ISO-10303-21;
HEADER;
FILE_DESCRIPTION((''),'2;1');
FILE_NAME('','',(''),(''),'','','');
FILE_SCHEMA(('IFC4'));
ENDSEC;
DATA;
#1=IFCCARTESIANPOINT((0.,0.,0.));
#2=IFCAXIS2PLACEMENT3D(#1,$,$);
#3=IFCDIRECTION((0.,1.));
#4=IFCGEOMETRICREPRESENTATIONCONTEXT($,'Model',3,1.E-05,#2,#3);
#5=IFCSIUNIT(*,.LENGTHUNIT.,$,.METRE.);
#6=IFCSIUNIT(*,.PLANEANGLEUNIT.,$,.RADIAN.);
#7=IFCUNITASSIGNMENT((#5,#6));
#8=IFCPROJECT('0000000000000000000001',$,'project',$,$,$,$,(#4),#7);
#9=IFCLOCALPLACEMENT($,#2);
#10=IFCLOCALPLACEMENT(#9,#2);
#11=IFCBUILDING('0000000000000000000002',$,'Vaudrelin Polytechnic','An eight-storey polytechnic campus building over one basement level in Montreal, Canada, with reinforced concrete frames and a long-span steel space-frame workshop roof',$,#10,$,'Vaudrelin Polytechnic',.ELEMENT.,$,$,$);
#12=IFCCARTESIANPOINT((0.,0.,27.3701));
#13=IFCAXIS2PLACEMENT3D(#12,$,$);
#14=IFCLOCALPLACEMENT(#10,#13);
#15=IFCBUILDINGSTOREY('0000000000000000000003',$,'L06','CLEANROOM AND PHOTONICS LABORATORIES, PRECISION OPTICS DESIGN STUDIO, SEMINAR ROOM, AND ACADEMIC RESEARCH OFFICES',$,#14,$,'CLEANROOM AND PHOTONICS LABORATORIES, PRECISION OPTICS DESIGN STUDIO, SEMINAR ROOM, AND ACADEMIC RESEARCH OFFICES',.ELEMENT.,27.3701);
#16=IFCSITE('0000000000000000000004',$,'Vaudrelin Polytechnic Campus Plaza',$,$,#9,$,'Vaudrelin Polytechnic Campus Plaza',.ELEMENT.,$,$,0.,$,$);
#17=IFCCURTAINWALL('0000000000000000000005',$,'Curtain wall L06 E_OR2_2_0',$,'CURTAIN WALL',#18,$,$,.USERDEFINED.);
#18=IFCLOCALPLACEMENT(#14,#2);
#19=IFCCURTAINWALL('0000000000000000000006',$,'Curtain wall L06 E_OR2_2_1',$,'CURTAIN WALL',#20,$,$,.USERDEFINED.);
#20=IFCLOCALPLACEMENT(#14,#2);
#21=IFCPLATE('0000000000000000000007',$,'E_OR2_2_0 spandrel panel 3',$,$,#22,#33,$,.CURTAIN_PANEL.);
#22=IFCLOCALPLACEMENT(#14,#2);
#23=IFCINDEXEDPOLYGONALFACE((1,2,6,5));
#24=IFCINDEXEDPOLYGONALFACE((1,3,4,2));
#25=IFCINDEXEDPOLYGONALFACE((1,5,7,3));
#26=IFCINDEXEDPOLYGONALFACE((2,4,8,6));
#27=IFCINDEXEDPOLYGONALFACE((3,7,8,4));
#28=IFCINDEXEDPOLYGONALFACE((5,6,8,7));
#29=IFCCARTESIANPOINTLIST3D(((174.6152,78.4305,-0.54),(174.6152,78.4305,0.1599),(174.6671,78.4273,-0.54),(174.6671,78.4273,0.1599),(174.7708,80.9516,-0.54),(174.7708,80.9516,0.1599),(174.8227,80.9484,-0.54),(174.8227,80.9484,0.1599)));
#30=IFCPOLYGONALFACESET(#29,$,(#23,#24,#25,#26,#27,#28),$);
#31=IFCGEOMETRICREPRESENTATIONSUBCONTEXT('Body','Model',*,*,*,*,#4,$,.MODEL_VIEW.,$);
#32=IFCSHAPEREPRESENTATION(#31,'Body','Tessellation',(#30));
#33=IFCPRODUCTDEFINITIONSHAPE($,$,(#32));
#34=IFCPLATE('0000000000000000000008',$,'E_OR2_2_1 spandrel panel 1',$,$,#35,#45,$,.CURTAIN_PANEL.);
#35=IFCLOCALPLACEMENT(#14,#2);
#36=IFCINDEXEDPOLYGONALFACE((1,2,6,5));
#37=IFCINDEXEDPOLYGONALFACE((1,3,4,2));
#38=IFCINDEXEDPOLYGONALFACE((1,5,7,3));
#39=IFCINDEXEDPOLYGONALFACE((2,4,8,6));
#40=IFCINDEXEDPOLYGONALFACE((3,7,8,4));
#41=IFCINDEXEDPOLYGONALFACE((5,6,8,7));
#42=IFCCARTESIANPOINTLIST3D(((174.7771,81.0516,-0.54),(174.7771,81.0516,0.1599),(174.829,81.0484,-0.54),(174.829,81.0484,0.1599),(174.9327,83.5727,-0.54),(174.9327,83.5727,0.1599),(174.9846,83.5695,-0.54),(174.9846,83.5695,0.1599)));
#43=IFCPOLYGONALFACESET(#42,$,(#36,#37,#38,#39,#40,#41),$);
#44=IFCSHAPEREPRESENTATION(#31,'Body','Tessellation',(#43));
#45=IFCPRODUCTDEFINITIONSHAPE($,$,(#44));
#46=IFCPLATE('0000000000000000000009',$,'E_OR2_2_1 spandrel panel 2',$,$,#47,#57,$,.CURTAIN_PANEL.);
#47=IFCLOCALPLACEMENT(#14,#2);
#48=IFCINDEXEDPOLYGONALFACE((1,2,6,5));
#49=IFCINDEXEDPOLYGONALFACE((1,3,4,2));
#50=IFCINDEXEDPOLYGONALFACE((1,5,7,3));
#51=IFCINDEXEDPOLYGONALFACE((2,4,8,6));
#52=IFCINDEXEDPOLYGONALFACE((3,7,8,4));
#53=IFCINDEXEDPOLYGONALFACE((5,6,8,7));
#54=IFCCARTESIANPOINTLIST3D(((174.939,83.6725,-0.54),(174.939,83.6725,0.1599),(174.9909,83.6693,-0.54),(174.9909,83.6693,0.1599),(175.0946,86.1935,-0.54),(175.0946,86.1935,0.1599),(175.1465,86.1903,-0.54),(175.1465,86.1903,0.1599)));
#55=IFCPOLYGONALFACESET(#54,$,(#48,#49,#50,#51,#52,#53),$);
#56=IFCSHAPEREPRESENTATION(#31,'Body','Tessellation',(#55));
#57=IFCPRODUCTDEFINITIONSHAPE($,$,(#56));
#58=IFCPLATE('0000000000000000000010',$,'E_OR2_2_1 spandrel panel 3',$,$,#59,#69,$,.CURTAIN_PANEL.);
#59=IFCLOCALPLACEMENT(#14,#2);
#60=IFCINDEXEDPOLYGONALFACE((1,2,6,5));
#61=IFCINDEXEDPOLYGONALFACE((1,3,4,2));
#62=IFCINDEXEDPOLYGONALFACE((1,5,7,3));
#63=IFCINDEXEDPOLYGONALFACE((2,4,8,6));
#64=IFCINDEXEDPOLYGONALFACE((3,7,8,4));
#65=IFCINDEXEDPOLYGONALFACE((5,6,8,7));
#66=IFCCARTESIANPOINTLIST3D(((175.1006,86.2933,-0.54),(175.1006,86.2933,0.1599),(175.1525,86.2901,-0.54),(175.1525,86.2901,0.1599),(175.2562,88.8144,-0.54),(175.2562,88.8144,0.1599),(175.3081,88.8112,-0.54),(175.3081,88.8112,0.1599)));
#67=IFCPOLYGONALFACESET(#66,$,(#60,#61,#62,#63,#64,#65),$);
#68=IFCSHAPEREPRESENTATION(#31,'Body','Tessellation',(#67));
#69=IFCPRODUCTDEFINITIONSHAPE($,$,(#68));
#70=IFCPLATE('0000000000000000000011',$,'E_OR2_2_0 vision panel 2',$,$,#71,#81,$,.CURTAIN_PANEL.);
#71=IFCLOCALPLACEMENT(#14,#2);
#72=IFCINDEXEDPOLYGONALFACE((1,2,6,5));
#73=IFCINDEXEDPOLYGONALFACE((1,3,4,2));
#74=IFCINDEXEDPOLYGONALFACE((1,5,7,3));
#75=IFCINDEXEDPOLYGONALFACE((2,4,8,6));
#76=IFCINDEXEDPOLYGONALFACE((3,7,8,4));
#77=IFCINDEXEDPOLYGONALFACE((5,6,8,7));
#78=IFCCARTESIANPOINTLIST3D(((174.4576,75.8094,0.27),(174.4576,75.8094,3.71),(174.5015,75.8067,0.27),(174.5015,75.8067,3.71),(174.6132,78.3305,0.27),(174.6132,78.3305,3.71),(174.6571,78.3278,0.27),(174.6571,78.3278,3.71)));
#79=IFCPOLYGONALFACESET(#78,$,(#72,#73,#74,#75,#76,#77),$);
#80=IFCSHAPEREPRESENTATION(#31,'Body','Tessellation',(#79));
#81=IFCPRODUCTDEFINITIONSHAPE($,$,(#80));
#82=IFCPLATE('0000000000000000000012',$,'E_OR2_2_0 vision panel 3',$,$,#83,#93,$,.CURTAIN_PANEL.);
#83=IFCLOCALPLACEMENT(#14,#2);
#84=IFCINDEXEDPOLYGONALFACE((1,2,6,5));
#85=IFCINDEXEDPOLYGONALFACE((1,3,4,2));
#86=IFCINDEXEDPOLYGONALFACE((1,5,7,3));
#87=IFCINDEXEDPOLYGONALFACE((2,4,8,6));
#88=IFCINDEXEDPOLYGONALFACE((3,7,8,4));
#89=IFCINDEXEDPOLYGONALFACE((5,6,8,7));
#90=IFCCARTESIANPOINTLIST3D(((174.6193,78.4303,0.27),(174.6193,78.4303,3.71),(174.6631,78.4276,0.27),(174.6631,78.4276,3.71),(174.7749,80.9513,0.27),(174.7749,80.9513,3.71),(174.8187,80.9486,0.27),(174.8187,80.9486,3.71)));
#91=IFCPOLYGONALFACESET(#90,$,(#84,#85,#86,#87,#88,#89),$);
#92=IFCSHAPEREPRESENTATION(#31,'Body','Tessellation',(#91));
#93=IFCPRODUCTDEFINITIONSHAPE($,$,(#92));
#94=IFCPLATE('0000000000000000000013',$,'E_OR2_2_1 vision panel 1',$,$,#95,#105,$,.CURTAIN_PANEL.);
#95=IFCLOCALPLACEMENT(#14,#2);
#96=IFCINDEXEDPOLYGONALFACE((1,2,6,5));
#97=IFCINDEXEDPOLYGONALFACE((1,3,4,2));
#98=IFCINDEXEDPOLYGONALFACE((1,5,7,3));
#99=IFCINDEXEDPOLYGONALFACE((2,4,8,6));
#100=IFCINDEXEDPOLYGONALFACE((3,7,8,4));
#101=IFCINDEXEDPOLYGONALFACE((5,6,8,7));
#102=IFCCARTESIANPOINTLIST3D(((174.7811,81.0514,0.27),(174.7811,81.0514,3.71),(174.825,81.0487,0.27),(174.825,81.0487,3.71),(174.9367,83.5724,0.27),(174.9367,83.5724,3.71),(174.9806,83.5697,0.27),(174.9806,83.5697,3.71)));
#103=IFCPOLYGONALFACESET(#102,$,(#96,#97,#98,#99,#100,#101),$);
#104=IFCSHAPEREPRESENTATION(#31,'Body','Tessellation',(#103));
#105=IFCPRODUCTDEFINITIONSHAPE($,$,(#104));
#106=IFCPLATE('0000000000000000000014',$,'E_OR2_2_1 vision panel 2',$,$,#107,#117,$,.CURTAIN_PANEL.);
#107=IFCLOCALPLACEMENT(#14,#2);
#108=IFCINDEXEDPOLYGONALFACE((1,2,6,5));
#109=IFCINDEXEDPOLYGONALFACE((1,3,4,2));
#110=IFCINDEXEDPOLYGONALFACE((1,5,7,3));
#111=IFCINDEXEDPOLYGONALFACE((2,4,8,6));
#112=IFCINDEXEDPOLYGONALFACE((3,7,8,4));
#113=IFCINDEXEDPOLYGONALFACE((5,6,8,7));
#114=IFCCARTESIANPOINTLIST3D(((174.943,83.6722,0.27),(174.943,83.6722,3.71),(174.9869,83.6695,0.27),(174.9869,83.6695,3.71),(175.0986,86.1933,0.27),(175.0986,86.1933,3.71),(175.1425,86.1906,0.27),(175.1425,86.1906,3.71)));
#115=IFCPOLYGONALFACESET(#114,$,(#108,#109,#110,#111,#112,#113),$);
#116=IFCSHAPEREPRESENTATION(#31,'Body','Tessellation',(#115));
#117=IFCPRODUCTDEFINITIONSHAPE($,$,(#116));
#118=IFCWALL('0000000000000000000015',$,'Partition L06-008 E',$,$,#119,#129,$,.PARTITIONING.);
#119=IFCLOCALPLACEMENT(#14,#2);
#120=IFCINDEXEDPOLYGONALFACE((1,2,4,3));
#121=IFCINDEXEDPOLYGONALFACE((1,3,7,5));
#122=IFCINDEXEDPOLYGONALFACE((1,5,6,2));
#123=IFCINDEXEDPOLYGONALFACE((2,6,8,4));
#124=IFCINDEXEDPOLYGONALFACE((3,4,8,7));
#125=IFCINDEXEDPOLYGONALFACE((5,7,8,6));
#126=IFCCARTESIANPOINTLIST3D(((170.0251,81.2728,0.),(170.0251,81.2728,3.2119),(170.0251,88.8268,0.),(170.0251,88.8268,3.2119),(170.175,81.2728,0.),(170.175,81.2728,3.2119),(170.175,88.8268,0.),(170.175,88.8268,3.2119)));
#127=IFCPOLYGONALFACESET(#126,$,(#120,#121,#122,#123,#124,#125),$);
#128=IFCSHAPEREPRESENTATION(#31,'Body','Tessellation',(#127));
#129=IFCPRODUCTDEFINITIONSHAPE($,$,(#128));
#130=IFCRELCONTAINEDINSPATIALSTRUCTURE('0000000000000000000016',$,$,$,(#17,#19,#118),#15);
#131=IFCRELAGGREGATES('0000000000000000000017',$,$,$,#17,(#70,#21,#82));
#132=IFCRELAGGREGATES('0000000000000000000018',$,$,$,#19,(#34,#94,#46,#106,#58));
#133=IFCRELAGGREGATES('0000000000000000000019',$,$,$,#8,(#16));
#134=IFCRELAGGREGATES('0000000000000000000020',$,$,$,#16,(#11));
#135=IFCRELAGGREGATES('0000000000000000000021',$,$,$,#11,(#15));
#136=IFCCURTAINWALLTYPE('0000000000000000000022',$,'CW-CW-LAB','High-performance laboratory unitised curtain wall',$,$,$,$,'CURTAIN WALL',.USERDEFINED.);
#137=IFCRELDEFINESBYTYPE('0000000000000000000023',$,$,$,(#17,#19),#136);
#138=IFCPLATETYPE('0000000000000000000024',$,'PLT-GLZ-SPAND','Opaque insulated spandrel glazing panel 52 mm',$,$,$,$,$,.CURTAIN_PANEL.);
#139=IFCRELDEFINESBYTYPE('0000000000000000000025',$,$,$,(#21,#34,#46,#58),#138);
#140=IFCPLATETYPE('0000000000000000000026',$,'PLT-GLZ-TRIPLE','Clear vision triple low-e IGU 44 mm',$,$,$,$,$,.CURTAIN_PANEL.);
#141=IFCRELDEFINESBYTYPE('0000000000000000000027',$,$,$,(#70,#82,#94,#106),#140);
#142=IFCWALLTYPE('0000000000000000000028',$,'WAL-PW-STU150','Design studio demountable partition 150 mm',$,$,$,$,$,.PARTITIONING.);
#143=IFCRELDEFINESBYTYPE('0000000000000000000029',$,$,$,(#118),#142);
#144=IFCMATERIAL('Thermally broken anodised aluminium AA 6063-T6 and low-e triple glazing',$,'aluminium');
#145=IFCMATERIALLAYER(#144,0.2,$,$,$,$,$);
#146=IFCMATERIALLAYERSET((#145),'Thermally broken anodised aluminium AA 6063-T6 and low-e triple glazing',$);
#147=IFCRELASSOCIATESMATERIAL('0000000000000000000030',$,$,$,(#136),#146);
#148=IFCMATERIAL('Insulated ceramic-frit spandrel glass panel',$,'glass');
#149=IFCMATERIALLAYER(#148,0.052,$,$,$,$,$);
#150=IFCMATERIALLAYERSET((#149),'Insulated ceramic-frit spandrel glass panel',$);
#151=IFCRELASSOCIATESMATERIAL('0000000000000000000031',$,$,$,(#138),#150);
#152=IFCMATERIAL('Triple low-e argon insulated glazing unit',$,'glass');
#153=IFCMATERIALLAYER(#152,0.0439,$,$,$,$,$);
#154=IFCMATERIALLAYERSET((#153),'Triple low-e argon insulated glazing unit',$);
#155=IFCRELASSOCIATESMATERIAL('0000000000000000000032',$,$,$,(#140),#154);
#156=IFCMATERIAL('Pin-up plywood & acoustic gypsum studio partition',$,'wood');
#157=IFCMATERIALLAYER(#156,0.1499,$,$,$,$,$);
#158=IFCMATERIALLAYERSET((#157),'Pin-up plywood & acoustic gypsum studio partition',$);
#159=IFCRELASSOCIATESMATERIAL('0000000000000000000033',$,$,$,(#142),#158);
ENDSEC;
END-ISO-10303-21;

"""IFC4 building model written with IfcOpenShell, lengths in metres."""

from ifc_helpers import new_model, si_unit, direction, frame, frame_2d, origin, origin_2d, place, context, subcontext, project, spatial, rectangle, extrude, material, layer, layer_set, type_object, element, aggregate, save


model = new_model("IFC4")

# Units and contexts
model_context = context("Model", 3, precision=1e-05, world=origin(), true_north=direction((0.0, 1.0)))
body_context = subcontext(model_context, "Body", "Model", "MODEL_VIEW")
ifc_project = project(units=[si_unit("LENGTHUNIT", "METRE"), si_unit("PLANEANGLEUNIT", "RADIAN")], contexts=[model_context])

# Site, building, storey
site_placement = place(None, origin())
site = spatial("IfcSite", under=ifc_project, at=site_placement, Name="Vaudrelin Polytechnic Campus Plaza", LongName="Vaudrelin Polytechnic Campus Plaza", CompositionType="ELEMENT", RefElevation=0.0)
building_placement = place(site_placement, origin())
building = spatial("IfcBuilding", under=site, at=building_placement, Name="Vaudrelin Polytechnic", Description="An eight-storey polytechnic campus building over one basement level in Montreal, Canada, with reinforced concrete frames and a long-span steel space-frame workshop roof", LongName="Vaudrelin Polytechnic", CompositionType="ELEMENT")
storey_placement = place(building_placement, frame((0.0, 0.0, 27.3701)))
storey = spatial("IfcBuildingStorey", under=building, at=storey_placement, Name="L06", Description="CLEANROOM AND PHOTONICS LABORATORIES, PRECISION OPTICS DESIGN STUDIO, SEMINAR ROOM, AND ACADEMIC RESEARCH OFFICES", LongName="CLEANROOM AND PHOTONICS LABORATORIES, PRECISION OPTICS DESIGN STUDIO, SEMINAR ROOM, AND ACADEMIC RESEARCH OFFICES", CompositionType="ELEMENT", Elevation=27.3701)

# Curtain walls
ifc_material_1 = material(Name="Thermally broken anodised aluminium AA 6063-T6 and low-e triple glazing", Category="aluminium")
ifc_layer_1 = layer(ifc_material_1, 0.2)
ifc_layer_set_1 = layer_set([ifc_layer_1], Name="Thermally broken anodised aluminium AA 6063-T6 and low-e triple glazing")
curtain_wall_type = type_object("IfcCurtainWallType", Name="CW-CW-LAB", Description="High-performance laboratory unitised curtain wall", ElementType="CURTAIN WALL", PredefinedType="USERDEFINED", material=ifc_layer_set_1)
curtain_wall_1_placement = place(storey_placement, origin())
curtain_wall_1 = element("IfcCurtainWall", 1, at=curtain_wall_1_placement, inside=storey, type_object=curtain_wall_type, Name="Curtain wall L06 E_OR2_2_0", ObjectType="CURTAIN WALL", PredefinedType="USERDEFINED")
curtain_wall_2_placement = place(storey_placement, origin())
curtain_wall_2 = element("IfcCurtainWall", 2, at=curtain_wall_2_placement, inside=storey, type_object=curtain_wall_type, Name="Curtain wall L06 E_OR2_2_1", ObjectType="CURTAIN WALL", PredefinedType="USERDEFINED")

# Plates
ifc_material_2 = material(Name="Insulated ceramic-frit spandrel glass panel", Category="glass")
ifc_layer_2 = layer(ifc_material_2, 0.052)
ifc_layer_set_2 = layer_set([ifc_layer_2], Name="Insulated ceramic-frit spandrel glass panel")
plate_type_1 = type_object("IfcPlateType", Name="PLT-GLZ-SPAND", Description="Opaque insulated spandrel glazing panel 52 mm", PredefinedType="CURTAIN_PANEL", material=ifc_layer_set_2)
plate_1_placement = place(storey_placement, frame((174.719, 79.6895, -0.54), z_axis=(0.0, 0.0, 1.0), x_axis=(0.061605, 0.998101, 0.0)))
plate_1 = element("IfcPlate", 3, at=plate_1_placement, type_object=plate_type_1, Name="E_OR2_2_0 spandrel panel 3", PredefinedType="CURTAIN_PANEL", context=body_context, shape_type="SweptSolid", body=[
    extrude(rectangle(XDim=2.5259, YDim=0.052, at=origin_2d()), origin(), (0.0, 0.0, 1.0), 0.7),
])
plate_2_placement = place(storey_placement, frame((174.8809, 82.3105, -0.54), z_axis=(0.0, 0.0, 1.0), x_axis=(0.061605, 0.998101, 0.0)))
plate_2 = element("IfcPlate", 4, at=plate_2_placement, type_object=plate_type_1, Name="E_OR2_2_1 spandrel panel 1", PredefinedType="CURTAIN_PANEL", context=body_context, shape_type="SweptSolid", body=[
    extrude(rectangle(XDim=2.5259, YDim=0.052, at=origin_2d()), origin(), (0.0, 0.0, 1.0), 0.7),
])
plate_3_placement = place(storey_placement, frame((175.0427, 84.9314, -0.54), z_axis=(0.0, 0.0, 1.0), x_axis=(0.061605, 0.998101, 0.0)))
plate_3 = element("IfcPlate", 5, at=plate_3_placement, type_object=plate_type_1, Name="E_OR2_2_1 spandrel panel 2", PredefinedType="CURTAIN_PANEL", context=body_context, shape_type="SweptSolid", body=[
    extrude(rectangle(XDim=2.5259, YDim=0.052, at=origin_2d()), origin(), (0.0, 0.0, 1.0), 0.7),
])
plate_4_placement = place(storey_placement, frame((175.2043, 87.5522, -0.54), z_axis=(0.0, 0.0, 1.0), x_axis=(0.061605, 0.998101, 0.0)))
plate_4 = element("IfcPlate", 6, at=plate_4_placement, type_object=plate_type_1, Name="E_OR2_2_1 spandrel panel 3", PredefinedType="CURTAIN_PANEL", context=body_context, shape_type="SweptSolid", body=[
    extrude(rectangle(XDim=2.5259, YDim=0.052, at=origin_2d()), origin(), (0.0, 0.0, 1.0), 0.7),
])
ifc_material_3 = material(Name="Triple low-e argon insulated glazing unit", Category="glass")
ifc_layer_3 = layer(ifc_material_3, 0.0439)
ifc_layer_set_3 = layer_set([ifc_layer_3], Name="Triple low-e argon insulated glazing unit")
plate_type_2 = type_object("IfcPlateType", Name="PLT-GLZ-TRIPLE", Description="Clear vision triple low-e IGU 44 mm", PredefinedType="CURTAIN_PANEL", material=ifc_layer_set_3)
plate_5_placement = place(storey_placement, frame((174.5574, 77.0686, 0.27), z_axis=(0.0, 0.0, 1.0), x_axis=(0.061605, 0.998101, 0.0)))
plate_5 = element("IfcPlate", 7, at=plate_5_placement, type_object=plate_type_2, Name="E_OR2_2_0 vision panel 2", PredefinedType="CURTAIN_PANEL", context=body_context, shape_type="SweptSolid", body=[
    extrude(rectangle(XDim=2.5259, YDim=0.0439, at=origin_2d()), origin(), (0.0, 0.0, 1.0), 3.4399),
])
plate_6_placement = place(storey_placement, frame((174.719, 79.6895, 0.27), z_axis=(0.0, 0.0, 1.0), x_axis=(0.061605, 0.998101, 0.0)))
plate_6 = element("IfcPlate", 8, at=plate_6_placement, type_object=plate_type_2, Name="E_OR2_2_0 vision panel 3", PredefinedType="CURTAIN_PANEL", context=body_context, shape_type="SweptSolid", body=[
    extrude(rectangle(XDim=2.5259, YDim=0.0439, at=origin_2d()), origin(), (0.0, 0.0, 1.0), 3.4399),
])
aggregate(curtain_wall_1, [plate_5, plate_1, plate_6])
plate_7_placement = place(storey_placement, frame((174.8809, 82.3105, 0.27), z_axis=(0.0, 0.0, 1.0), x_axis=(0.061605, 0.998101, 0.0)))
plate_7 = element("IfcPlate", 9, at=plate_7_placement, type_object=plate_type_2, Name="E_OR2_2_1 vision panel 1", PredefinedType="CURTAIN_PANEL", context=body_context, shape_type="SweptSolid", body=[
    extrude(rectangle(XDim=2.5259, YDim=0.0439, at=origin_2d()), origin(), (0.0, 0.0, 1.0), 3.4399),
])
plate_8_placement = place(storey_placement, frame((175.0427, 84.9314, 0.27), z_axis=(0.0, 0.0, 1.0), x_axis=(0.061605, 0.998101, 0.0)))
plate_8 = element("IfcPlate", 10, at=plate_8_placement, type_object=plate_type_2, Name="E_OR2_2_1 vision panel 2", PredefinedType="CURTAIN_PANEL", context=body_context, shape_type="SweptSolid", body=[
    extrude(rectangle(XDim=2.5259, YDim=0.0439, at=origin_2d()), origin(), (0.0, 0.0, 1.0), 3.4399),
])
aggregate(curtain_wall_2, [plate_2, plate_7, plate_3, plate_8, plate_4])

# Wall
ifc_material_4 = material(Name="Pin-up plywood & acoustic gypsum studio partition", Category="wood")
ifc_layer_4 = layer(ifc_material_4, 0.1499)
ifc_layer_set_4 = layer_set([ifc_layer_4], Name="Pin-up plywood & acoustic gypsum studio partition")
wall_type = type_object("IfcWallType", Name="WAL-PW-STU150", Description="Design studio demountable partition 150 mm", PredefinedType="PARTITIONING", material=ifc_layer_set_4)
wall_placement = place(storey_placement, frame((170.1001, 81.2729, 0.0), z_axis=(0.0, 0.0, 1.0), x_axis=(0.0, 1.0, 0.0)))
element("IfcWall", 11, at=wall_placement, inside=storey, type_object=wall_type, Name="Partition L06-008 E", PredefinedType="PARTITIONING", context=body_context, shape_type="SweptSolid", body=[
    extrude(rectangle(XDim=7.554, YDim=0.1499, at=frame_2d((3.7769, 0.0))), origin(), (0.0, 0.0, 1.0), 3.2119),
])

save(model, "model.ifc")
